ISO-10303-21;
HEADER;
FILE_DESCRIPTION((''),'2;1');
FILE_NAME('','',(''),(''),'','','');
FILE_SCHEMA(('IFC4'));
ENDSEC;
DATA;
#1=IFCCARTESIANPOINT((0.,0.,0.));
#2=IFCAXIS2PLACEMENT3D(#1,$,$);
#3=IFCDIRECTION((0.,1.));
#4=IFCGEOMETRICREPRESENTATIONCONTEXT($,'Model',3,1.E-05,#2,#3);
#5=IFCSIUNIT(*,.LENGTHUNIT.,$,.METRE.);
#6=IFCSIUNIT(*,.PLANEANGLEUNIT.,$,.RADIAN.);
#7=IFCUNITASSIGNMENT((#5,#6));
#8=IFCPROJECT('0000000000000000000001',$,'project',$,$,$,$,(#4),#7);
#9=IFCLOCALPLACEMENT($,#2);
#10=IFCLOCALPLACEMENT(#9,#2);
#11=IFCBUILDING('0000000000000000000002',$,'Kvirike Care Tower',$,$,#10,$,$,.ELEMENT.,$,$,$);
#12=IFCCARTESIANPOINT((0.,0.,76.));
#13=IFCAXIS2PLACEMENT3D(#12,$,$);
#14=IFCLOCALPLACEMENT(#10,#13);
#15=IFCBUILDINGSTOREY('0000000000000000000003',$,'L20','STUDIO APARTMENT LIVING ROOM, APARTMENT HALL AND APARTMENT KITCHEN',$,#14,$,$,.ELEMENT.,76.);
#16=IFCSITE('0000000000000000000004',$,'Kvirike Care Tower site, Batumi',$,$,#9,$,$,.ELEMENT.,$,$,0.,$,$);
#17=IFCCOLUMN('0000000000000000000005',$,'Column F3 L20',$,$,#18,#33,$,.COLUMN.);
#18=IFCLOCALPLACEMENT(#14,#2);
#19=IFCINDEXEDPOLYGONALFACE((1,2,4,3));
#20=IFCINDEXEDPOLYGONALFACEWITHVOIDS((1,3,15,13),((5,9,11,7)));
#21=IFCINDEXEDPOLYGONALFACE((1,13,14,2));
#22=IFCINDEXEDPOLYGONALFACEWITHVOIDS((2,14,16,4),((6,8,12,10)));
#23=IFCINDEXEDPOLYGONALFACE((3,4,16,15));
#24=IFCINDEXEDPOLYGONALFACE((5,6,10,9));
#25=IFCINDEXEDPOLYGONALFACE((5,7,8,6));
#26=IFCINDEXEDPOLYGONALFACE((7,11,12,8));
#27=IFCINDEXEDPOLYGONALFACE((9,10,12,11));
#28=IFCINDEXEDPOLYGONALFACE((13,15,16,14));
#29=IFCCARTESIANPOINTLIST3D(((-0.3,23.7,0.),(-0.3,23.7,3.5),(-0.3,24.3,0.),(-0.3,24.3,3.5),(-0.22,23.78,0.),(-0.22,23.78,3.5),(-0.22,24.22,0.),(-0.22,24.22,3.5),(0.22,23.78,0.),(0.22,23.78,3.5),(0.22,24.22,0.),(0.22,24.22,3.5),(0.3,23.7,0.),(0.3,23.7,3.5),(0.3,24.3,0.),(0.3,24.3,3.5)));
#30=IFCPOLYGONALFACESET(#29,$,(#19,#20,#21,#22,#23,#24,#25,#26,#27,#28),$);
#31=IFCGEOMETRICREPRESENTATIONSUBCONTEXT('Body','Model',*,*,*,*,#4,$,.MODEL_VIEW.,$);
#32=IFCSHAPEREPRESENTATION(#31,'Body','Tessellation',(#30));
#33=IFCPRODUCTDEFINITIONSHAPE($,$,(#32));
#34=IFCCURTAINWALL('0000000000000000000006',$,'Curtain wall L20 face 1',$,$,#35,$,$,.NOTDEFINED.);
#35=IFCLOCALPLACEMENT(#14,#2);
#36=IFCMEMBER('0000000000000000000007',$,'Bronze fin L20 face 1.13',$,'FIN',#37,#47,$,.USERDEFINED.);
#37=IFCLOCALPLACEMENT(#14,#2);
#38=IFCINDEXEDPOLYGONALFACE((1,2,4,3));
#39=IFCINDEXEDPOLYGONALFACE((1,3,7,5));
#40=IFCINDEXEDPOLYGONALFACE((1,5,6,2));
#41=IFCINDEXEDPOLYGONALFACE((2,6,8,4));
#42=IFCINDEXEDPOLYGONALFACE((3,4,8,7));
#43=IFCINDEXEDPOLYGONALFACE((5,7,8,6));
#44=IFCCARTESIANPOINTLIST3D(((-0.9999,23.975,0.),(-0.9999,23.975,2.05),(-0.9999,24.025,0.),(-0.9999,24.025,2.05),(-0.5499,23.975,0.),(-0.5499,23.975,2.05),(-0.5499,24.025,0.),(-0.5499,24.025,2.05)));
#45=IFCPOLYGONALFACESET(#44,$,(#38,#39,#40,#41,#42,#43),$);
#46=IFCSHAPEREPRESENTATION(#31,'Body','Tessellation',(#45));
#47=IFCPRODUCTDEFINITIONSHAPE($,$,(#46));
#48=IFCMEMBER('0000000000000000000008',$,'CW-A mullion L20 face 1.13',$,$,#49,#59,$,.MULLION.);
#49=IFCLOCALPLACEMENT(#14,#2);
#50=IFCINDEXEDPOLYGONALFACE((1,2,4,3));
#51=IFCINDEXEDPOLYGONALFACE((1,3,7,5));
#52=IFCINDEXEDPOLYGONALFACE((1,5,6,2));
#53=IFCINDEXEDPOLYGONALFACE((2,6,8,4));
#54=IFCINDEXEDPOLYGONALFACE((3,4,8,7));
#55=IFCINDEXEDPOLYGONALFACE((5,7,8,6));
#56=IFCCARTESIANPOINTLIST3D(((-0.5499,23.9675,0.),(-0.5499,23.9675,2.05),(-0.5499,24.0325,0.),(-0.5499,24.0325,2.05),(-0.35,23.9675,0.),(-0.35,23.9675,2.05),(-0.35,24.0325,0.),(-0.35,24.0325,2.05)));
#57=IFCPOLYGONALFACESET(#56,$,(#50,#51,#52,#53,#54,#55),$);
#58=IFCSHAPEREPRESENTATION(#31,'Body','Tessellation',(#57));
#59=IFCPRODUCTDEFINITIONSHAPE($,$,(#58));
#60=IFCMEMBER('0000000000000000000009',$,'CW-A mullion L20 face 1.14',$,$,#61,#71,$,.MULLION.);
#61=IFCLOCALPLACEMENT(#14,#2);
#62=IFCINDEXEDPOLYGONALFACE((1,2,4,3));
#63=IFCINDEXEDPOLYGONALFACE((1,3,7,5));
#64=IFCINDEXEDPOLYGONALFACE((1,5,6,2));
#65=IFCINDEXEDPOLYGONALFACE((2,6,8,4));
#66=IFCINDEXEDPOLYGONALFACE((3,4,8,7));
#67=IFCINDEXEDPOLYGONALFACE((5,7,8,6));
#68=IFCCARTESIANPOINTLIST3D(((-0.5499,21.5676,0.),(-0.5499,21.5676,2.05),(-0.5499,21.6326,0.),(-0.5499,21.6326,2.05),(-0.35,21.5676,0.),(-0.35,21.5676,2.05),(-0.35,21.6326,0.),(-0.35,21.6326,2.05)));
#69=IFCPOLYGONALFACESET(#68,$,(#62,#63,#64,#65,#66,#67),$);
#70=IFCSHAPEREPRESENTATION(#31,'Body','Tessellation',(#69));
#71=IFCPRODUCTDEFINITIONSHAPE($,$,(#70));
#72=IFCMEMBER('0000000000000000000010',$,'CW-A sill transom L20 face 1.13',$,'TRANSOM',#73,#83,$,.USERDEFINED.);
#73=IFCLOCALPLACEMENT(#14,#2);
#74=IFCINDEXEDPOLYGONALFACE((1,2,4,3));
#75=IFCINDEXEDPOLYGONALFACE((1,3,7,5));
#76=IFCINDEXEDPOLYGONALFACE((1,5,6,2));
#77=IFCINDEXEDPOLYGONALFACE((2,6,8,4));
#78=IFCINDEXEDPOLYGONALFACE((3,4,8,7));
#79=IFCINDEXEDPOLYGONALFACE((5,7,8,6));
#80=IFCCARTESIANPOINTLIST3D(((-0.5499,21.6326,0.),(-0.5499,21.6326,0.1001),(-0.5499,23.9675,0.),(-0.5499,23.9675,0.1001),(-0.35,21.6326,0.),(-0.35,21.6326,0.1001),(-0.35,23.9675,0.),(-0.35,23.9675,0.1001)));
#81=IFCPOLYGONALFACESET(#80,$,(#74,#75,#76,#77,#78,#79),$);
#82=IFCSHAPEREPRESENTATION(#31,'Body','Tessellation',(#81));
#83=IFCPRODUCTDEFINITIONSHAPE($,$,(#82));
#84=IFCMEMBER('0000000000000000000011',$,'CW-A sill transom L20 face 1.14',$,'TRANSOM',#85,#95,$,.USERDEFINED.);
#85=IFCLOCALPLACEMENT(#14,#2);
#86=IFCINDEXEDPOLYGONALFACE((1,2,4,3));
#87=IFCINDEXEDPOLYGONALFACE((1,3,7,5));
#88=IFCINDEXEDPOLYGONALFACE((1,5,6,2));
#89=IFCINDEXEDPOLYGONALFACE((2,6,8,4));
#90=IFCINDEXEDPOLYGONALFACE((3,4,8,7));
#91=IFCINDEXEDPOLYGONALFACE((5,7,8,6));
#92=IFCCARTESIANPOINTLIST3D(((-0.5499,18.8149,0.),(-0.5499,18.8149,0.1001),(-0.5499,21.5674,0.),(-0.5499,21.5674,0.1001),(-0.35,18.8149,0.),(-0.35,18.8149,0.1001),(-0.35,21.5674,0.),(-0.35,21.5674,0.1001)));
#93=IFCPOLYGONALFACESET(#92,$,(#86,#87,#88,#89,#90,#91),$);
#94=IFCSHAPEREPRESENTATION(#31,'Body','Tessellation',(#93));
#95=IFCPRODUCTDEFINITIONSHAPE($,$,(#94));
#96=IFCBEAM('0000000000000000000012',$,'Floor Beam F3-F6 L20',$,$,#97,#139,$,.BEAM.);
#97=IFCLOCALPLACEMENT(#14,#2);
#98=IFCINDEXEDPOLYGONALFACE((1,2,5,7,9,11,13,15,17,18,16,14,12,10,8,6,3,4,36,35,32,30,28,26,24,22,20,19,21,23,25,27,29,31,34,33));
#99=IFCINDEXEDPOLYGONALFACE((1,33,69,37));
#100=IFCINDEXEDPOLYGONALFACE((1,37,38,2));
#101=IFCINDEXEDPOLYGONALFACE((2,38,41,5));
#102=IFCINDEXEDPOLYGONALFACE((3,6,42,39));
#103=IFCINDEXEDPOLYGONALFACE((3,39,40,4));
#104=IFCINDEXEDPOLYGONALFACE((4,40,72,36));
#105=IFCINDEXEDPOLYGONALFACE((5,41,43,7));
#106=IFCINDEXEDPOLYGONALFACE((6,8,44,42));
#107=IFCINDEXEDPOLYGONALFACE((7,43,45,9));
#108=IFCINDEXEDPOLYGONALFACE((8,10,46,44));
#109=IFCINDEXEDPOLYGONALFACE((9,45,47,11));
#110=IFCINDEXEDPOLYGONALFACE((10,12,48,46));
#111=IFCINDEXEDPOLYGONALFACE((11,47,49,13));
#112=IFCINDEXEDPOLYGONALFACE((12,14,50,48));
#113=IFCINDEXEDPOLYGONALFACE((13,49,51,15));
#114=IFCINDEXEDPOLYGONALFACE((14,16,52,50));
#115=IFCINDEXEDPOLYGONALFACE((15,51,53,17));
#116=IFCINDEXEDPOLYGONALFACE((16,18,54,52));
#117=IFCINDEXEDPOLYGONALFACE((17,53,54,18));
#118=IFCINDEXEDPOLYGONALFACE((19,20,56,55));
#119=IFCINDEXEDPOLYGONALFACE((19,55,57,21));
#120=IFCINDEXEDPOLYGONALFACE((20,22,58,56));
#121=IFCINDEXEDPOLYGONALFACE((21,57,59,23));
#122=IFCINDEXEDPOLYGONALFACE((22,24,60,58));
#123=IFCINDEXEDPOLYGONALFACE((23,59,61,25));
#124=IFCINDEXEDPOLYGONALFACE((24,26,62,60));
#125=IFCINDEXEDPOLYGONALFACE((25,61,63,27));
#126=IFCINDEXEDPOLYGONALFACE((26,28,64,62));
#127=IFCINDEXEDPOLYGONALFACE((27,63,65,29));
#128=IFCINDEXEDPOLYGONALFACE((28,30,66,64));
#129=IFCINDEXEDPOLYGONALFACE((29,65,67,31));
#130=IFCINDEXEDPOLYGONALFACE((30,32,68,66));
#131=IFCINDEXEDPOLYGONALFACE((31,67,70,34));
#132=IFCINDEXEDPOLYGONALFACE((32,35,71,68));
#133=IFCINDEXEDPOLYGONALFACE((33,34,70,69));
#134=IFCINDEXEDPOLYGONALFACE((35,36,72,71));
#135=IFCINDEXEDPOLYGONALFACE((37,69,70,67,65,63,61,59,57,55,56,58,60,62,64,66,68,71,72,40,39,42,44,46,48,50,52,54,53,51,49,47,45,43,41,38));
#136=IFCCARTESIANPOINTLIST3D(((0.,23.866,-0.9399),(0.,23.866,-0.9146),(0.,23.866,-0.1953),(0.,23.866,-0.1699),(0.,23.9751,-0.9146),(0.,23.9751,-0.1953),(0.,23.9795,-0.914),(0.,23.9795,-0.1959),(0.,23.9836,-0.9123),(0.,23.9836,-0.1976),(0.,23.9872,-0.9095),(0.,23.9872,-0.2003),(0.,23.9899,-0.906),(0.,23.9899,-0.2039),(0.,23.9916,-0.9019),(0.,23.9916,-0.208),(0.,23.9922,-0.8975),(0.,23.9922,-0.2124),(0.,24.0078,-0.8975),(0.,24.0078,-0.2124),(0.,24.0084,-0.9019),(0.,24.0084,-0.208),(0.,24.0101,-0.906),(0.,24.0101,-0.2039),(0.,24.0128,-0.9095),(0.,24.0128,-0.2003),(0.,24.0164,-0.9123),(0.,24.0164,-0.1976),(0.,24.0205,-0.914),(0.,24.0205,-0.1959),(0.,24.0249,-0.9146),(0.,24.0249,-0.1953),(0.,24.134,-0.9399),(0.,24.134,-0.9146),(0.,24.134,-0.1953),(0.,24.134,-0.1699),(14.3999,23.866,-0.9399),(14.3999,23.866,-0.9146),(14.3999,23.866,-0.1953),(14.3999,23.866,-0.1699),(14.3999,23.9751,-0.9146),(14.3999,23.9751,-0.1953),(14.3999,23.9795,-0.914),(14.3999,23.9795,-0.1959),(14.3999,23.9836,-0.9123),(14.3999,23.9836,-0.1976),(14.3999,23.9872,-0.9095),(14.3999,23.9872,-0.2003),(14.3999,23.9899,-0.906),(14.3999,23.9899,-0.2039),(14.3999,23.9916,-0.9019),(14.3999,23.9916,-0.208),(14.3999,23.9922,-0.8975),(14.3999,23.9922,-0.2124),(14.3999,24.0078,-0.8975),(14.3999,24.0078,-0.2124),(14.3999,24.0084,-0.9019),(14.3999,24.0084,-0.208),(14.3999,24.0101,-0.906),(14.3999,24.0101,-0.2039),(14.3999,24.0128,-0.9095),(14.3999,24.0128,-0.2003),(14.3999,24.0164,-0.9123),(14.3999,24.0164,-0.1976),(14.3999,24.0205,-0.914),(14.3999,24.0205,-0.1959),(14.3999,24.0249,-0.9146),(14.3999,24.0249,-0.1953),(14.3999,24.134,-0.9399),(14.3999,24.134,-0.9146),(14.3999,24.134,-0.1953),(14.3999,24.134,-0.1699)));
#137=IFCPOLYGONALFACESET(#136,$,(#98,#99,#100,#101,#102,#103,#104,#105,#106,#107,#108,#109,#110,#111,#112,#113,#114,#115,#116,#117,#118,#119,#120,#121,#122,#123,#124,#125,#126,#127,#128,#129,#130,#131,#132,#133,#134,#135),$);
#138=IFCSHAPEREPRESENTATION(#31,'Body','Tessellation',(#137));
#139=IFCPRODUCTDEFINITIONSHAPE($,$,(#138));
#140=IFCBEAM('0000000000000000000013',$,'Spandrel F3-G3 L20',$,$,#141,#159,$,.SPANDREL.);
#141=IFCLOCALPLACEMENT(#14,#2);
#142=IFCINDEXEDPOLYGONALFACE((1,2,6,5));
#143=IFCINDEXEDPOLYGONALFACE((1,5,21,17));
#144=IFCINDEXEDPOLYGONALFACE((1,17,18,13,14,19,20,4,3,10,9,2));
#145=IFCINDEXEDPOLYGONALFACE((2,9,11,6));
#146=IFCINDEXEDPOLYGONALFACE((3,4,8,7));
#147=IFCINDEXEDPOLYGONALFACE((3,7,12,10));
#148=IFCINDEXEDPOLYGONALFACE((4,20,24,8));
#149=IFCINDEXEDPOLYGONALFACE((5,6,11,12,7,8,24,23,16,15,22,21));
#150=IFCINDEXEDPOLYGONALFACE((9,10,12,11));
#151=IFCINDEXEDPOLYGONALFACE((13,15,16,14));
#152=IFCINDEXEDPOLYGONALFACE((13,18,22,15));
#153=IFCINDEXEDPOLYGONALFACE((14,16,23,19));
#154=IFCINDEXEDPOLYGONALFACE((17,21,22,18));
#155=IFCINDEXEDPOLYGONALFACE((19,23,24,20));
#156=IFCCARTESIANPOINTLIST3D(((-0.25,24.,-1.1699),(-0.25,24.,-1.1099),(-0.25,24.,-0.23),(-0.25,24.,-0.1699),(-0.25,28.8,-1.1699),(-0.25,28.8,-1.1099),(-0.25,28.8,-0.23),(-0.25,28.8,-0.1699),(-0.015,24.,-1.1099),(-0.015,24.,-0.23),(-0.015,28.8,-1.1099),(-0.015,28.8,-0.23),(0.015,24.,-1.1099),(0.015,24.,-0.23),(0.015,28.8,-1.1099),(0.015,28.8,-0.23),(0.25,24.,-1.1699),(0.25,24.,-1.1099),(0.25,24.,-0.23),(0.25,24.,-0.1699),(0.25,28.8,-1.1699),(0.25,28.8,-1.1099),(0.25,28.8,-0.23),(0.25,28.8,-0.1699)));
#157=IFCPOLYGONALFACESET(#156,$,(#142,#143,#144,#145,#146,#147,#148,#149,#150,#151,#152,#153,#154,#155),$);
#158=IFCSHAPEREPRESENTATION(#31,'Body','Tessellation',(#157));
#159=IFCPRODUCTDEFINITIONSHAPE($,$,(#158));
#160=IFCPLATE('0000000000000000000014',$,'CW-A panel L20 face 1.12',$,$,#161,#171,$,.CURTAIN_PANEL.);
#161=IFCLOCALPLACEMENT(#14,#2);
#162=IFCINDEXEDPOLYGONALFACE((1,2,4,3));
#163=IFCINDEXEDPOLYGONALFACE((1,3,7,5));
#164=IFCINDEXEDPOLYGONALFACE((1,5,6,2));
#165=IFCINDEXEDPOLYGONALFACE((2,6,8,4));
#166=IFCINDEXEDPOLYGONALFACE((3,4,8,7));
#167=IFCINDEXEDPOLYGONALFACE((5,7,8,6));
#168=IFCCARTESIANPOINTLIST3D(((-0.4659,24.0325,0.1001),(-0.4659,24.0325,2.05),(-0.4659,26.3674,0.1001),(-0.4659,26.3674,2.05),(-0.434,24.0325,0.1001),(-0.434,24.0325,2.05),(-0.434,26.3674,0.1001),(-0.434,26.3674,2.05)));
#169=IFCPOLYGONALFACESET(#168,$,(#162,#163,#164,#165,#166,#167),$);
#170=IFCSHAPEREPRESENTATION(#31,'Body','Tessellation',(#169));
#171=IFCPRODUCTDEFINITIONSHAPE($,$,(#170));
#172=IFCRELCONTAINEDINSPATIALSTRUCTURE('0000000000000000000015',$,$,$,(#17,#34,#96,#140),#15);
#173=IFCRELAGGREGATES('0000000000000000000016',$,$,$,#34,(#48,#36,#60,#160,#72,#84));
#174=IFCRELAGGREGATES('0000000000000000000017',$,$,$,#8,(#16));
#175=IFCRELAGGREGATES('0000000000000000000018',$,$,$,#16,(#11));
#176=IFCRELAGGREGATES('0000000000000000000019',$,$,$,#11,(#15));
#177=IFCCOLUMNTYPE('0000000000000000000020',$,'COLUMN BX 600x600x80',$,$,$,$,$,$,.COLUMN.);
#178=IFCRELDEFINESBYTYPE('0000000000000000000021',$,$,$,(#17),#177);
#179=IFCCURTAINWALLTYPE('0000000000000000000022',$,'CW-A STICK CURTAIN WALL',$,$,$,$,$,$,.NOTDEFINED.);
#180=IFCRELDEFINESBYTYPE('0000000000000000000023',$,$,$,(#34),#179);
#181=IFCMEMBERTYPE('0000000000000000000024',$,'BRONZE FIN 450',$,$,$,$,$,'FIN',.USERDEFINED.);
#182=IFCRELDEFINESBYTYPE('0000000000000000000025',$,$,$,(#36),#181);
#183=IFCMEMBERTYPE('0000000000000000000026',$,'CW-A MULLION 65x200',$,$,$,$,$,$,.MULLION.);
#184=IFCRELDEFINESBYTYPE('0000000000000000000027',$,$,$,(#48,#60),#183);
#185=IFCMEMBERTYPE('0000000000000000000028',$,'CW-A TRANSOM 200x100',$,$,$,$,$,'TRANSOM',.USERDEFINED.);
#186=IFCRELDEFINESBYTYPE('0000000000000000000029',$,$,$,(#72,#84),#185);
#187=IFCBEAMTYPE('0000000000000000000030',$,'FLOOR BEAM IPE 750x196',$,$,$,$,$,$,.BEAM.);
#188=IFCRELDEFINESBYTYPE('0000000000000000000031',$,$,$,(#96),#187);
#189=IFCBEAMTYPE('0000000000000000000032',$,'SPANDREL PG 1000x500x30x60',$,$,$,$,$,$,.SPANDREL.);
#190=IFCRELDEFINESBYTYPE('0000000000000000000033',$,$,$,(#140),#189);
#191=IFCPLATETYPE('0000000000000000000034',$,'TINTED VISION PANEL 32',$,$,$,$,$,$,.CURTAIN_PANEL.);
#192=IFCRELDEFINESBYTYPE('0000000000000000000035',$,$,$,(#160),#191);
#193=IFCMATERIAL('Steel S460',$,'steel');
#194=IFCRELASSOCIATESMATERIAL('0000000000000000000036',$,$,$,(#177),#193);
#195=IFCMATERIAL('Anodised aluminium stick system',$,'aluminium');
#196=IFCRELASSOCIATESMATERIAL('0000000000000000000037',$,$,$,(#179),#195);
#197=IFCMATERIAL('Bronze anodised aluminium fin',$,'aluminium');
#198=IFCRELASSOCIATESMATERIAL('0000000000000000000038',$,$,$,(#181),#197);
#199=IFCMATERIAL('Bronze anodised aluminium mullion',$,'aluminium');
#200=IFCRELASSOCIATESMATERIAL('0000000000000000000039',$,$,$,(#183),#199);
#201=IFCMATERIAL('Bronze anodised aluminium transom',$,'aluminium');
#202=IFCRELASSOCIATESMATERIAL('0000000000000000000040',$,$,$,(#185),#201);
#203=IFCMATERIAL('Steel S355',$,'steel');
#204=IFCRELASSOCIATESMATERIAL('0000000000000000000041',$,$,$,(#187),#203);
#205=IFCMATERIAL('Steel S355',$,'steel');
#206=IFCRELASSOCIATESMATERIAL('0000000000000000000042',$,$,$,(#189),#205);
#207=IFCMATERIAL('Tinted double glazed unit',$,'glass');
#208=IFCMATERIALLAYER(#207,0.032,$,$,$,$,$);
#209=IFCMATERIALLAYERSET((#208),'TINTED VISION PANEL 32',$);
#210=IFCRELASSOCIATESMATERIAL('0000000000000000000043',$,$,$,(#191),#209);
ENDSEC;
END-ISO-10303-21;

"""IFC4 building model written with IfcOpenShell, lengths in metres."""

from ifc_helpers import new_model, si_unit, direction, frame, origin, origin_2d, place, context, subcontext, project, spatial, rectangle, hollow_rectangle, i_section, extrude, material, layer, layer_set, material_profile, profile_set, type_object, element, aggregate, save


model = new_model("IFC4")

# Units and contexts
model_context = context("Model", 3, precision=1e-05, world=origin(), true_north=direction((0.0, 1.0)))
body_context = subcontext(model_context, "Body", "Model", "MODEL_VIEW")
ifc_project = project(units=[si_unit("LENGTHUNIT", "METRE"), si_unit("PLANEANGLEUNIT", "RADIAN")], contexts=[model_context])

# Site, building, storey
site_placement = place(None, origin())
site = spatial("IfcSite", under=ifc_project, at=site_placement, Name="Kvirike Care Tower site, Batumi", CompositionType="ELEMENT", RefElevation=0.0)
building_placement = place(site_placement, origin())
building = spatial("IfcBuilding", under=site, at=building_placement, Name="Kvirike Care Tower", CompositionType="ELEMENT")
storey_placement = place(building_placement, frame((0.0, 0.0, 76.0)))
storey = spatial("IfcBuildingStorey", under=building, at=storey_placement, Name="L20", Description="STUDIO APARTMENT LIVING ROOM, APARTMENT HALL AND APARTMENT KITCHEN", CompositionType="ELEMENT", Elevation=76.0)

# Column
ifc_material_1 = material(Name="Steel S460", Category="steel")
ifc_material_profile_1 = material_profile(ifc_material_1, hollow_rectangle(XDim=0.6001, YDim=0.6001, WallThickness=0.0801, at=origin_2d()), Name="BX 600x600x80")
ifc_profile_set_1 = profile_set([ifc_material_profile_1], Name="Steel S460")
column_type = type_object("IfcColumnType", Name="COLUMN BX 600x600x80", PredefinedType="COLUMN", material=ifc_profile_set_1)
column_placement = place(storey_placement, frame((0.0, 24.0, 0.0), z_axis=(0.0, 0.0, 1.0), x_axis=(1.0, 0.0, 0.0)))
element("IfcColumn", 1, at=column_placement, inside=storey, type_object=column_type, Name="Column F3 L20", PredefinedType="COLUMN", context=body_context, shape_type="SweptSolid", body=[
    extrude(hollow_rectangle(XDim=0.6001, YDim=0.6001, WallThickness=0.0801, at=origin_2d()), origin(), (0.0, 0.0, 1.0), 3.5),
])

# Curtain wall, members
ifc_material_2 = material(Name="Anodised aluminium stick system", Category="aluminium")
curtain_wall_type = type_object("IfcCurtainWallType", Name="CW-A STICK CURTAIN WALL", PredefinedType="NOTDEFINED", material=ifc_material_2)
curtain_wall_placement = place(storey_placement, origin())
curtain_wall = element("IfcCurtainWall", 2, at=curtain_wall_placement, inside=storey, type_object=curtain_wall_type, Name="Curtain wall L20 face 1", PredefinedType="NOTDEFINED")
ifc_material_3 = material(Name="Bronze anodised aluminium fin", Category="aluminium")
ifc_material_profile_2 = material_profile(ifc_material_3, rectangle(XDim=0.05, YDim=0.45, at=origin_2d()), Name="BRONZE FIN 450")
ifc_profile_set_2 = profile_set([ifc_material_profile_2], Name="Bronze anodised aluminium fin")
member_type_1 = type_object("IfcMemberType", Name="BRONZE FIN 450", ElementType="FIN", PredefinedType="USERDEFINED", material=ifc_profile_set_2)
member_1_placement = place(storey_placement, frame((-0.7749, 24.0, 0.0), z_axis=(0.0, 0.0, 1.0), x_axis=(0.0, -1.0, 0.0)))
member_1 = element("IfcMember", 3, at=member_1_placement, type_object=member_type_1, Name="Bronze fin L20 face 1.13", ObjectType="FIN", PredefinedType="USERDEFINED", context=body_context, shape_type="SweptSolid", body=[
    extrude(rectangle(XDim=0.05, YDim=0.45, at=origin_2d()), origin(), (0.0, 0.0, 1.0), 2.05),
])
ifc_material_4 = material(Name="Bronze anodised aluminium mullion", Category="aluminium")
ifc_material_profile_3 = material_profile(ifc_material_4, rectangle(XDim=0.0649, YDim=0.2, at=origin_2d()), Name="CW-A MULLION 65x200")
ifc_profile_set_3 = profile_set([ifc_material_profile_3], Name="Bronze anodised aluminium mullion")
member_type_2 = type_object("IfcMemberType", Name="CW-A MULLION 65x200", PredefinedType="MULLION", material=ifc_profile_set_3)
member_2_placement = place(storey_placement, frame((-0.45, 24.0, 0.0), z_axis=(0.0, 0.0, 1.0), x_axis=(0.0, -1.0, 0.0)))
member_2 = element("IfcMember", 4, at=member_2_placement, type_object=member_type_2, Name="CW-A mullion L20 face 1.13", PredefinedType="MULLION", context=body_context, shape_type="SweptSolid", body=[
    extrude(rectangle(XDim=0.0649, YDim=0.2, at=origin_2d()), origin(), (0.0, 0.0, 1.0), 2.05),
])
member_3_placement = place(storey_placement, frame((-0.45, 21.6001, 0.0), z_axis=(0.0, 0.0, 1.0), x_axis=(0.0, -1.0, 0.0)))
member_3 = element("IfcMember", 5, at=member_3_placement, type_object=member_type_2, Name="CW-A mullion L20 face 1.14", PredefinedType="MULLION", context=body_context, shape_type="SweptSolid", body=[
    extrude(rectangle(XDim=0.0649, YDim=0.2, at=origin_2d()), origin(), (0.0, 0.0, 1.0), 2.05),
])
ifc_material_5 = material(Name="Bronze anodised aluminium transom", Category="aluminium")
ifc_material_profile_4 = material_profile(ifc_material_5, rectangle(XDim=0.2, YDim=0.1001, at=origin_2d()), Name="CW-A TRANSOM 200x100")
ifc_profile_set_4 = profile_set([ifc_material_profile_4], Name="Bronze anodised aluminium transom")
member_type_3 = type_object("IfcMemberType", Name="CW-A TRANSOM 200x100", ElementType="TRANSOM", PredefinedType="USERDEFINED", material=ifc_profile_set_4)
member_4_placement = place(storey_placement, frame((-0.45, 23.9675, 0.05), z_axis=(0.0, -1.0, 0.0), x_axis=(1.0, 0.0, 0.0)))
member_4 = element("IfcMember", 6, at=member_4_placement, type_object=member_type_3, Name="CW-A sill transom L20 face 1.13", ObjectType="TRANSOM", PredefinedType="USERDEFINED", context=body_context, shape_type="SweptSolid", body=[
    extrude(rectangle(XDim=0.2, YDim=0.1001, at=origin_2d()), origin(), (0.0, 0.0, 1.0), 2.335),
])
member_5_placement = place(storey_placement, frame((-0.45, 21.5674, 0.05), z_axis=(0.0, -1.0, 0.0), x_axis=(1.0, 0.0, 0.0)))
member_5 = element("IfcMember", 7, at=member_5_placement, type_object=member_type_3, Name="CW-A sill transom L20 face 1.14", ObjectType="TRANSOM", PredefinedType="USERDEFINED", context=body_context, shape_type="SweptSolid", body=[
    extrude(rectangle(XDim=0.2, YDim=0.1001, at=origin_2d()), origin(), (0.0, 0.0, 1.0), 2.7524),
])

# Beams
ifc_material_6 = material(Name="Steel S355", Category="steel")
ifc_material_profile_5 = material_profile(ifc_material_6, i_section(OverallWidth=0.2681, OverallDepth=0.77, WebThickness=0.0156, FlangeThickness=0.0254, FilletRadius=0.0171, at=origin_2d()), Name="IPE 750x196")
ifc_profile_set_5 = profile_set([ifc_material_profile_5], Name="Steel S355")
beam_type_1 = type_object("IfcBeamType", Name="FLOOR BEAM IPE 750x196", PredefinedType="BEAM", material=ifc_profile_set_5)
beam_1_placement = place(storey_placement, frame((0.0, 24.0, -0.5549), z_axis=(1.0, 0.0, 0.0), x_axis=(0.0, 1.0, 0.0)))
element("IfcBeam", 8, at=beam_1_placement, inside=storey, type_object=beam_type_1, Name="Floor Beam F3-F6 L20", PredefinedType="BEAM", context=body_context, shape_type="SweptSolid", body=[
    extrude(i_section(OverallWidth=0.2681, OverallDepth=0.77, WebThickness=0.0156, FlangeThickness=0.0254, FilletRadius=0.0171, at=origin_2d()), origin(), (0.0, 0.0, 1.0), 14.3999),
])
ifc_material_7 = material(Name="Steel S355", Category="steel")
ifc_material_profile_6 = material_profile(ifc_material_7, i_section(OverallWidth=0.5, OverallDepth=1.0, WebThickness=0.03, FlangeThickness=0.0601, at=origin_2d()), Name="PG 1000x500x30x60")
ifc_profile_set_6 = profile_set([ifc_material_profile_6], Name="Steel S355")
beam_type_2 = type_object("IfcBeamType", Name="SPANDREL PG 1000x500x30x60", PredefinedType="SPANDREL", material=ifc_profile_set_6)
beam_2_placement = place(storey_placement, frame((0.0, 24.0, -0.6699), z_axis=(0.0, 1.0, 0.0), x_axis=(-1.0, 0.0, 0.0)))
element("IfcBeam", 9, at=beam_2_placement, inside=storey, type_object=beam_type_2, Name="Spandrel F3-G3 L20", PredefinedType="SPANDREL", context=body_context, shape_type="SweptSolid", body=[
    extrude(i_section(OverallWidth=0.5, OverallDepth=1.0, WebThickness=0.03, FlangeThickness=0.0601, at=origin_2d()), origin(), (0.0, 0.0, 1.0), 4.8),
])

# Plate
ifc_material_8 = material(Name="Tinted double glazed unit", Category="glass")
ifc_layer_1 = layer(ifc_material_8, 0.032)
ifc_layer_set_1 = layer_set([ifc_layer_1], Name="TINTED VISION PANEL 32")
plate_type = type_object("IfcPlateType", Name="TINTED VISION PANEL 32", PredefinedType="CURTAIN_PANEL", material=ifc_layer_set_1)
plate_1_placement = place(storey_placement, frame((-0.45, 25.2, 0.1001), z_axis=(0.0, 0.0, 1.0), x_axis=(0.0, -1.0, 0.0)))
plate_1 = element("IfcPlate", 10, at=plate_1_placement, type_object=plate_type, Name="CW-A panel L20 face 1.12", PredefinedType="CURTAIN_PANEL", context=body_context, shape_type="SweptSolid", body=[
    extrude(rectangle(XDim=2.335, YDim=0.032, at=origin_2d()), origin(), (0.0, 0.0, 1.0), 1.95),
])
aggregate(curtain_wall, [member_2, member_1, member_3, plate_1, member_4, member_5])

save(model, "model.ifc")
